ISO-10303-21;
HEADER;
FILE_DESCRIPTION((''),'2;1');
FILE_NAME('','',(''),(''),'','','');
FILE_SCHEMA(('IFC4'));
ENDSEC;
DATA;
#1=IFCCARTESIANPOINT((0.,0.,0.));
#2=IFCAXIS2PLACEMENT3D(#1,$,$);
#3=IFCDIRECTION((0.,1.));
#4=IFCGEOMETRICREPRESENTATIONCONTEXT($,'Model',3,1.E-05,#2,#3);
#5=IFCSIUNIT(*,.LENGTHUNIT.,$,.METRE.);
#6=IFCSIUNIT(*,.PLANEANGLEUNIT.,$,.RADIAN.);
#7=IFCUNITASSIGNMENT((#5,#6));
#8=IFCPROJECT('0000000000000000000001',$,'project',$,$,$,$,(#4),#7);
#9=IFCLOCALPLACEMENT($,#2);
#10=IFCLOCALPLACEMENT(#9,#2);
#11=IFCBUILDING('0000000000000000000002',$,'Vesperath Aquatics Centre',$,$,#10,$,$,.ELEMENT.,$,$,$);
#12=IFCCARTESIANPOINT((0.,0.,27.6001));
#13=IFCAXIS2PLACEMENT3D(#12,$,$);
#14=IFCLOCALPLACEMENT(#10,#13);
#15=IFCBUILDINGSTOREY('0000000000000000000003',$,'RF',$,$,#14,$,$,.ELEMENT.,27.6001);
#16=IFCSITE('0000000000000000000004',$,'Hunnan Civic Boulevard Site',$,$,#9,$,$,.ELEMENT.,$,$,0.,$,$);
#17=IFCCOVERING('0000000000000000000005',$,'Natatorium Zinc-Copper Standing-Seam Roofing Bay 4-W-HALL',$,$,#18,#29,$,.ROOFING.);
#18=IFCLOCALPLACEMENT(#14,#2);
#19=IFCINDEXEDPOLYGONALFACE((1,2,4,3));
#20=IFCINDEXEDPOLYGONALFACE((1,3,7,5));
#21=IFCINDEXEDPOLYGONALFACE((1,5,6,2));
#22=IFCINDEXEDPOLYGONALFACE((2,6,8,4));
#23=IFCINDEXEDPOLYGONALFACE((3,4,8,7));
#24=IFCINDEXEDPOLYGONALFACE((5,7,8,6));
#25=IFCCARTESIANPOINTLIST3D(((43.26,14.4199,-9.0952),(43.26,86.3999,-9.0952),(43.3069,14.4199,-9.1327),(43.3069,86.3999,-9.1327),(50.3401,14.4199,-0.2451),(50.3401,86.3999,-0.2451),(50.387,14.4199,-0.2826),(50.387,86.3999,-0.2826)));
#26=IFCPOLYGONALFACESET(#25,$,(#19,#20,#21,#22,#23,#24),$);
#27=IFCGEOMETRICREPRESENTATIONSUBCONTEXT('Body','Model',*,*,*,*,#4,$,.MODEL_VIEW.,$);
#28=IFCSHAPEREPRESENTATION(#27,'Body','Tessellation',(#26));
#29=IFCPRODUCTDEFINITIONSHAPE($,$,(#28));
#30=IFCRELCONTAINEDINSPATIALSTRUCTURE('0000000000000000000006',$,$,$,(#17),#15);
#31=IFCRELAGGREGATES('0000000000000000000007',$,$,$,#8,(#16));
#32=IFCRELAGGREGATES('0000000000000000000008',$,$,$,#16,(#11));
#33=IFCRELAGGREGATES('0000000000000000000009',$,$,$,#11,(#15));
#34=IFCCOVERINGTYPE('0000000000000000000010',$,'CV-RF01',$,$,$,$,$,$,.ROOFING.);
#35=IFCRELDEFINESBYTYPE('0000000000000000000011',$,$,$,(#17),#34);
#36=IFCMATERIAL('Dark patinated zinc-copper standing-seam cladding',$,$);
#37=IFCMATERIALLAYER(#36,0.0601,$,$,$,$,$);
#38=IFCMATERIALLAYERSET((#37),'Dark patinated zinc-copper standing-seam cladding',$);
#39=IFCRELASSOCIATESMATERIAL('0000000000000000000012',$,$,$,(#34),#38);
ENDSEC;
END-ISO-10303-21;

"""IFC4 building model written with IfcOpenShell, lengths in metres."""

from ifc_helpers import new_model, si_unit, direction, frame, origin, place, context, subcontext, project, spatial, polyline, outline, extrude, material, layer, layer_set, type_object, element, save


model = new_model("IFC4")

# Units and contexts
model_context = context("Model", 3, precision=1e-05, world=origin(), true_north=direction((0.0, 1.0)))
body_context = subcontext(model_context, "Body", "Model", "MODEL_VIEW")
ifc_project = project(units=[si_unit("LENGTHUNIT", "METRE"), si_unit("PLANEANGLEUNIT", "RADIAN")], contexts=[model_context])

# Site, building, storey
site_placement = place(None, origin())
site = spatial("IfcSite", under=ifc_project, at=site_placement, Name="Hunnan Civic Boulevard Site", CompositionType="ELEMENT", RefElevation=0.0)
building_placement = place(site_placement, origin())
building = spatial("IfcBuilding", under=site, at=building_placement, Name="Vesperath Aquatics Centre", CompositionType="ELEMENT")
storey_placement = place(building_placement, frame((0.0, 0.0, 27.6001)))
storey = spatial("IfcBuildingStorey", under=building, at=storey_placement, Name="RF", CompositionType="ELEMENT", Elevation=27.6001)

# Covering
ifc_material_1 = material(Name="Dark patinated zinc-copper standing-seam cladding")
ifc_layer_1 = layer(ifc_material_1, 0.0601)
ifc_layer_set_1 = layer_set([ifc_layer_1], Name="Dark patinated zinc-copper standing-seam cladding")
covering_type = type_object("IfcCoveringType", Name="CV-RF01", PredefinedType="ROOFING", material=ifc_layer_set_1)
covering_placement = place(storey_placement, frame((43.26, 14.4199, -9.0952), z_axis=(-0.780869, 0.0, 0.624695), x_axis=(0.624695, 0.0, 0.780869)))
element("IfcCovering", 1, at=covering_placement, inside=storey, type_object=covering_type, Name="Natatorium Zinc-Copper Standing-Seam Roofing Bay 4-W-HALL", PredefinedType="ROOFING", context=body_context, shape_type="SweptSolid", body=[
    extrude(outline(polyline([(0.0, 0.0), (11.3337, 0.0), (11.3337, 71.98), (0.0, 71.98), (0.0, 0.0)])), origin(), (0.0, 0.0, -1.0), 0.0601),
])

save(model, "model.ifc")
